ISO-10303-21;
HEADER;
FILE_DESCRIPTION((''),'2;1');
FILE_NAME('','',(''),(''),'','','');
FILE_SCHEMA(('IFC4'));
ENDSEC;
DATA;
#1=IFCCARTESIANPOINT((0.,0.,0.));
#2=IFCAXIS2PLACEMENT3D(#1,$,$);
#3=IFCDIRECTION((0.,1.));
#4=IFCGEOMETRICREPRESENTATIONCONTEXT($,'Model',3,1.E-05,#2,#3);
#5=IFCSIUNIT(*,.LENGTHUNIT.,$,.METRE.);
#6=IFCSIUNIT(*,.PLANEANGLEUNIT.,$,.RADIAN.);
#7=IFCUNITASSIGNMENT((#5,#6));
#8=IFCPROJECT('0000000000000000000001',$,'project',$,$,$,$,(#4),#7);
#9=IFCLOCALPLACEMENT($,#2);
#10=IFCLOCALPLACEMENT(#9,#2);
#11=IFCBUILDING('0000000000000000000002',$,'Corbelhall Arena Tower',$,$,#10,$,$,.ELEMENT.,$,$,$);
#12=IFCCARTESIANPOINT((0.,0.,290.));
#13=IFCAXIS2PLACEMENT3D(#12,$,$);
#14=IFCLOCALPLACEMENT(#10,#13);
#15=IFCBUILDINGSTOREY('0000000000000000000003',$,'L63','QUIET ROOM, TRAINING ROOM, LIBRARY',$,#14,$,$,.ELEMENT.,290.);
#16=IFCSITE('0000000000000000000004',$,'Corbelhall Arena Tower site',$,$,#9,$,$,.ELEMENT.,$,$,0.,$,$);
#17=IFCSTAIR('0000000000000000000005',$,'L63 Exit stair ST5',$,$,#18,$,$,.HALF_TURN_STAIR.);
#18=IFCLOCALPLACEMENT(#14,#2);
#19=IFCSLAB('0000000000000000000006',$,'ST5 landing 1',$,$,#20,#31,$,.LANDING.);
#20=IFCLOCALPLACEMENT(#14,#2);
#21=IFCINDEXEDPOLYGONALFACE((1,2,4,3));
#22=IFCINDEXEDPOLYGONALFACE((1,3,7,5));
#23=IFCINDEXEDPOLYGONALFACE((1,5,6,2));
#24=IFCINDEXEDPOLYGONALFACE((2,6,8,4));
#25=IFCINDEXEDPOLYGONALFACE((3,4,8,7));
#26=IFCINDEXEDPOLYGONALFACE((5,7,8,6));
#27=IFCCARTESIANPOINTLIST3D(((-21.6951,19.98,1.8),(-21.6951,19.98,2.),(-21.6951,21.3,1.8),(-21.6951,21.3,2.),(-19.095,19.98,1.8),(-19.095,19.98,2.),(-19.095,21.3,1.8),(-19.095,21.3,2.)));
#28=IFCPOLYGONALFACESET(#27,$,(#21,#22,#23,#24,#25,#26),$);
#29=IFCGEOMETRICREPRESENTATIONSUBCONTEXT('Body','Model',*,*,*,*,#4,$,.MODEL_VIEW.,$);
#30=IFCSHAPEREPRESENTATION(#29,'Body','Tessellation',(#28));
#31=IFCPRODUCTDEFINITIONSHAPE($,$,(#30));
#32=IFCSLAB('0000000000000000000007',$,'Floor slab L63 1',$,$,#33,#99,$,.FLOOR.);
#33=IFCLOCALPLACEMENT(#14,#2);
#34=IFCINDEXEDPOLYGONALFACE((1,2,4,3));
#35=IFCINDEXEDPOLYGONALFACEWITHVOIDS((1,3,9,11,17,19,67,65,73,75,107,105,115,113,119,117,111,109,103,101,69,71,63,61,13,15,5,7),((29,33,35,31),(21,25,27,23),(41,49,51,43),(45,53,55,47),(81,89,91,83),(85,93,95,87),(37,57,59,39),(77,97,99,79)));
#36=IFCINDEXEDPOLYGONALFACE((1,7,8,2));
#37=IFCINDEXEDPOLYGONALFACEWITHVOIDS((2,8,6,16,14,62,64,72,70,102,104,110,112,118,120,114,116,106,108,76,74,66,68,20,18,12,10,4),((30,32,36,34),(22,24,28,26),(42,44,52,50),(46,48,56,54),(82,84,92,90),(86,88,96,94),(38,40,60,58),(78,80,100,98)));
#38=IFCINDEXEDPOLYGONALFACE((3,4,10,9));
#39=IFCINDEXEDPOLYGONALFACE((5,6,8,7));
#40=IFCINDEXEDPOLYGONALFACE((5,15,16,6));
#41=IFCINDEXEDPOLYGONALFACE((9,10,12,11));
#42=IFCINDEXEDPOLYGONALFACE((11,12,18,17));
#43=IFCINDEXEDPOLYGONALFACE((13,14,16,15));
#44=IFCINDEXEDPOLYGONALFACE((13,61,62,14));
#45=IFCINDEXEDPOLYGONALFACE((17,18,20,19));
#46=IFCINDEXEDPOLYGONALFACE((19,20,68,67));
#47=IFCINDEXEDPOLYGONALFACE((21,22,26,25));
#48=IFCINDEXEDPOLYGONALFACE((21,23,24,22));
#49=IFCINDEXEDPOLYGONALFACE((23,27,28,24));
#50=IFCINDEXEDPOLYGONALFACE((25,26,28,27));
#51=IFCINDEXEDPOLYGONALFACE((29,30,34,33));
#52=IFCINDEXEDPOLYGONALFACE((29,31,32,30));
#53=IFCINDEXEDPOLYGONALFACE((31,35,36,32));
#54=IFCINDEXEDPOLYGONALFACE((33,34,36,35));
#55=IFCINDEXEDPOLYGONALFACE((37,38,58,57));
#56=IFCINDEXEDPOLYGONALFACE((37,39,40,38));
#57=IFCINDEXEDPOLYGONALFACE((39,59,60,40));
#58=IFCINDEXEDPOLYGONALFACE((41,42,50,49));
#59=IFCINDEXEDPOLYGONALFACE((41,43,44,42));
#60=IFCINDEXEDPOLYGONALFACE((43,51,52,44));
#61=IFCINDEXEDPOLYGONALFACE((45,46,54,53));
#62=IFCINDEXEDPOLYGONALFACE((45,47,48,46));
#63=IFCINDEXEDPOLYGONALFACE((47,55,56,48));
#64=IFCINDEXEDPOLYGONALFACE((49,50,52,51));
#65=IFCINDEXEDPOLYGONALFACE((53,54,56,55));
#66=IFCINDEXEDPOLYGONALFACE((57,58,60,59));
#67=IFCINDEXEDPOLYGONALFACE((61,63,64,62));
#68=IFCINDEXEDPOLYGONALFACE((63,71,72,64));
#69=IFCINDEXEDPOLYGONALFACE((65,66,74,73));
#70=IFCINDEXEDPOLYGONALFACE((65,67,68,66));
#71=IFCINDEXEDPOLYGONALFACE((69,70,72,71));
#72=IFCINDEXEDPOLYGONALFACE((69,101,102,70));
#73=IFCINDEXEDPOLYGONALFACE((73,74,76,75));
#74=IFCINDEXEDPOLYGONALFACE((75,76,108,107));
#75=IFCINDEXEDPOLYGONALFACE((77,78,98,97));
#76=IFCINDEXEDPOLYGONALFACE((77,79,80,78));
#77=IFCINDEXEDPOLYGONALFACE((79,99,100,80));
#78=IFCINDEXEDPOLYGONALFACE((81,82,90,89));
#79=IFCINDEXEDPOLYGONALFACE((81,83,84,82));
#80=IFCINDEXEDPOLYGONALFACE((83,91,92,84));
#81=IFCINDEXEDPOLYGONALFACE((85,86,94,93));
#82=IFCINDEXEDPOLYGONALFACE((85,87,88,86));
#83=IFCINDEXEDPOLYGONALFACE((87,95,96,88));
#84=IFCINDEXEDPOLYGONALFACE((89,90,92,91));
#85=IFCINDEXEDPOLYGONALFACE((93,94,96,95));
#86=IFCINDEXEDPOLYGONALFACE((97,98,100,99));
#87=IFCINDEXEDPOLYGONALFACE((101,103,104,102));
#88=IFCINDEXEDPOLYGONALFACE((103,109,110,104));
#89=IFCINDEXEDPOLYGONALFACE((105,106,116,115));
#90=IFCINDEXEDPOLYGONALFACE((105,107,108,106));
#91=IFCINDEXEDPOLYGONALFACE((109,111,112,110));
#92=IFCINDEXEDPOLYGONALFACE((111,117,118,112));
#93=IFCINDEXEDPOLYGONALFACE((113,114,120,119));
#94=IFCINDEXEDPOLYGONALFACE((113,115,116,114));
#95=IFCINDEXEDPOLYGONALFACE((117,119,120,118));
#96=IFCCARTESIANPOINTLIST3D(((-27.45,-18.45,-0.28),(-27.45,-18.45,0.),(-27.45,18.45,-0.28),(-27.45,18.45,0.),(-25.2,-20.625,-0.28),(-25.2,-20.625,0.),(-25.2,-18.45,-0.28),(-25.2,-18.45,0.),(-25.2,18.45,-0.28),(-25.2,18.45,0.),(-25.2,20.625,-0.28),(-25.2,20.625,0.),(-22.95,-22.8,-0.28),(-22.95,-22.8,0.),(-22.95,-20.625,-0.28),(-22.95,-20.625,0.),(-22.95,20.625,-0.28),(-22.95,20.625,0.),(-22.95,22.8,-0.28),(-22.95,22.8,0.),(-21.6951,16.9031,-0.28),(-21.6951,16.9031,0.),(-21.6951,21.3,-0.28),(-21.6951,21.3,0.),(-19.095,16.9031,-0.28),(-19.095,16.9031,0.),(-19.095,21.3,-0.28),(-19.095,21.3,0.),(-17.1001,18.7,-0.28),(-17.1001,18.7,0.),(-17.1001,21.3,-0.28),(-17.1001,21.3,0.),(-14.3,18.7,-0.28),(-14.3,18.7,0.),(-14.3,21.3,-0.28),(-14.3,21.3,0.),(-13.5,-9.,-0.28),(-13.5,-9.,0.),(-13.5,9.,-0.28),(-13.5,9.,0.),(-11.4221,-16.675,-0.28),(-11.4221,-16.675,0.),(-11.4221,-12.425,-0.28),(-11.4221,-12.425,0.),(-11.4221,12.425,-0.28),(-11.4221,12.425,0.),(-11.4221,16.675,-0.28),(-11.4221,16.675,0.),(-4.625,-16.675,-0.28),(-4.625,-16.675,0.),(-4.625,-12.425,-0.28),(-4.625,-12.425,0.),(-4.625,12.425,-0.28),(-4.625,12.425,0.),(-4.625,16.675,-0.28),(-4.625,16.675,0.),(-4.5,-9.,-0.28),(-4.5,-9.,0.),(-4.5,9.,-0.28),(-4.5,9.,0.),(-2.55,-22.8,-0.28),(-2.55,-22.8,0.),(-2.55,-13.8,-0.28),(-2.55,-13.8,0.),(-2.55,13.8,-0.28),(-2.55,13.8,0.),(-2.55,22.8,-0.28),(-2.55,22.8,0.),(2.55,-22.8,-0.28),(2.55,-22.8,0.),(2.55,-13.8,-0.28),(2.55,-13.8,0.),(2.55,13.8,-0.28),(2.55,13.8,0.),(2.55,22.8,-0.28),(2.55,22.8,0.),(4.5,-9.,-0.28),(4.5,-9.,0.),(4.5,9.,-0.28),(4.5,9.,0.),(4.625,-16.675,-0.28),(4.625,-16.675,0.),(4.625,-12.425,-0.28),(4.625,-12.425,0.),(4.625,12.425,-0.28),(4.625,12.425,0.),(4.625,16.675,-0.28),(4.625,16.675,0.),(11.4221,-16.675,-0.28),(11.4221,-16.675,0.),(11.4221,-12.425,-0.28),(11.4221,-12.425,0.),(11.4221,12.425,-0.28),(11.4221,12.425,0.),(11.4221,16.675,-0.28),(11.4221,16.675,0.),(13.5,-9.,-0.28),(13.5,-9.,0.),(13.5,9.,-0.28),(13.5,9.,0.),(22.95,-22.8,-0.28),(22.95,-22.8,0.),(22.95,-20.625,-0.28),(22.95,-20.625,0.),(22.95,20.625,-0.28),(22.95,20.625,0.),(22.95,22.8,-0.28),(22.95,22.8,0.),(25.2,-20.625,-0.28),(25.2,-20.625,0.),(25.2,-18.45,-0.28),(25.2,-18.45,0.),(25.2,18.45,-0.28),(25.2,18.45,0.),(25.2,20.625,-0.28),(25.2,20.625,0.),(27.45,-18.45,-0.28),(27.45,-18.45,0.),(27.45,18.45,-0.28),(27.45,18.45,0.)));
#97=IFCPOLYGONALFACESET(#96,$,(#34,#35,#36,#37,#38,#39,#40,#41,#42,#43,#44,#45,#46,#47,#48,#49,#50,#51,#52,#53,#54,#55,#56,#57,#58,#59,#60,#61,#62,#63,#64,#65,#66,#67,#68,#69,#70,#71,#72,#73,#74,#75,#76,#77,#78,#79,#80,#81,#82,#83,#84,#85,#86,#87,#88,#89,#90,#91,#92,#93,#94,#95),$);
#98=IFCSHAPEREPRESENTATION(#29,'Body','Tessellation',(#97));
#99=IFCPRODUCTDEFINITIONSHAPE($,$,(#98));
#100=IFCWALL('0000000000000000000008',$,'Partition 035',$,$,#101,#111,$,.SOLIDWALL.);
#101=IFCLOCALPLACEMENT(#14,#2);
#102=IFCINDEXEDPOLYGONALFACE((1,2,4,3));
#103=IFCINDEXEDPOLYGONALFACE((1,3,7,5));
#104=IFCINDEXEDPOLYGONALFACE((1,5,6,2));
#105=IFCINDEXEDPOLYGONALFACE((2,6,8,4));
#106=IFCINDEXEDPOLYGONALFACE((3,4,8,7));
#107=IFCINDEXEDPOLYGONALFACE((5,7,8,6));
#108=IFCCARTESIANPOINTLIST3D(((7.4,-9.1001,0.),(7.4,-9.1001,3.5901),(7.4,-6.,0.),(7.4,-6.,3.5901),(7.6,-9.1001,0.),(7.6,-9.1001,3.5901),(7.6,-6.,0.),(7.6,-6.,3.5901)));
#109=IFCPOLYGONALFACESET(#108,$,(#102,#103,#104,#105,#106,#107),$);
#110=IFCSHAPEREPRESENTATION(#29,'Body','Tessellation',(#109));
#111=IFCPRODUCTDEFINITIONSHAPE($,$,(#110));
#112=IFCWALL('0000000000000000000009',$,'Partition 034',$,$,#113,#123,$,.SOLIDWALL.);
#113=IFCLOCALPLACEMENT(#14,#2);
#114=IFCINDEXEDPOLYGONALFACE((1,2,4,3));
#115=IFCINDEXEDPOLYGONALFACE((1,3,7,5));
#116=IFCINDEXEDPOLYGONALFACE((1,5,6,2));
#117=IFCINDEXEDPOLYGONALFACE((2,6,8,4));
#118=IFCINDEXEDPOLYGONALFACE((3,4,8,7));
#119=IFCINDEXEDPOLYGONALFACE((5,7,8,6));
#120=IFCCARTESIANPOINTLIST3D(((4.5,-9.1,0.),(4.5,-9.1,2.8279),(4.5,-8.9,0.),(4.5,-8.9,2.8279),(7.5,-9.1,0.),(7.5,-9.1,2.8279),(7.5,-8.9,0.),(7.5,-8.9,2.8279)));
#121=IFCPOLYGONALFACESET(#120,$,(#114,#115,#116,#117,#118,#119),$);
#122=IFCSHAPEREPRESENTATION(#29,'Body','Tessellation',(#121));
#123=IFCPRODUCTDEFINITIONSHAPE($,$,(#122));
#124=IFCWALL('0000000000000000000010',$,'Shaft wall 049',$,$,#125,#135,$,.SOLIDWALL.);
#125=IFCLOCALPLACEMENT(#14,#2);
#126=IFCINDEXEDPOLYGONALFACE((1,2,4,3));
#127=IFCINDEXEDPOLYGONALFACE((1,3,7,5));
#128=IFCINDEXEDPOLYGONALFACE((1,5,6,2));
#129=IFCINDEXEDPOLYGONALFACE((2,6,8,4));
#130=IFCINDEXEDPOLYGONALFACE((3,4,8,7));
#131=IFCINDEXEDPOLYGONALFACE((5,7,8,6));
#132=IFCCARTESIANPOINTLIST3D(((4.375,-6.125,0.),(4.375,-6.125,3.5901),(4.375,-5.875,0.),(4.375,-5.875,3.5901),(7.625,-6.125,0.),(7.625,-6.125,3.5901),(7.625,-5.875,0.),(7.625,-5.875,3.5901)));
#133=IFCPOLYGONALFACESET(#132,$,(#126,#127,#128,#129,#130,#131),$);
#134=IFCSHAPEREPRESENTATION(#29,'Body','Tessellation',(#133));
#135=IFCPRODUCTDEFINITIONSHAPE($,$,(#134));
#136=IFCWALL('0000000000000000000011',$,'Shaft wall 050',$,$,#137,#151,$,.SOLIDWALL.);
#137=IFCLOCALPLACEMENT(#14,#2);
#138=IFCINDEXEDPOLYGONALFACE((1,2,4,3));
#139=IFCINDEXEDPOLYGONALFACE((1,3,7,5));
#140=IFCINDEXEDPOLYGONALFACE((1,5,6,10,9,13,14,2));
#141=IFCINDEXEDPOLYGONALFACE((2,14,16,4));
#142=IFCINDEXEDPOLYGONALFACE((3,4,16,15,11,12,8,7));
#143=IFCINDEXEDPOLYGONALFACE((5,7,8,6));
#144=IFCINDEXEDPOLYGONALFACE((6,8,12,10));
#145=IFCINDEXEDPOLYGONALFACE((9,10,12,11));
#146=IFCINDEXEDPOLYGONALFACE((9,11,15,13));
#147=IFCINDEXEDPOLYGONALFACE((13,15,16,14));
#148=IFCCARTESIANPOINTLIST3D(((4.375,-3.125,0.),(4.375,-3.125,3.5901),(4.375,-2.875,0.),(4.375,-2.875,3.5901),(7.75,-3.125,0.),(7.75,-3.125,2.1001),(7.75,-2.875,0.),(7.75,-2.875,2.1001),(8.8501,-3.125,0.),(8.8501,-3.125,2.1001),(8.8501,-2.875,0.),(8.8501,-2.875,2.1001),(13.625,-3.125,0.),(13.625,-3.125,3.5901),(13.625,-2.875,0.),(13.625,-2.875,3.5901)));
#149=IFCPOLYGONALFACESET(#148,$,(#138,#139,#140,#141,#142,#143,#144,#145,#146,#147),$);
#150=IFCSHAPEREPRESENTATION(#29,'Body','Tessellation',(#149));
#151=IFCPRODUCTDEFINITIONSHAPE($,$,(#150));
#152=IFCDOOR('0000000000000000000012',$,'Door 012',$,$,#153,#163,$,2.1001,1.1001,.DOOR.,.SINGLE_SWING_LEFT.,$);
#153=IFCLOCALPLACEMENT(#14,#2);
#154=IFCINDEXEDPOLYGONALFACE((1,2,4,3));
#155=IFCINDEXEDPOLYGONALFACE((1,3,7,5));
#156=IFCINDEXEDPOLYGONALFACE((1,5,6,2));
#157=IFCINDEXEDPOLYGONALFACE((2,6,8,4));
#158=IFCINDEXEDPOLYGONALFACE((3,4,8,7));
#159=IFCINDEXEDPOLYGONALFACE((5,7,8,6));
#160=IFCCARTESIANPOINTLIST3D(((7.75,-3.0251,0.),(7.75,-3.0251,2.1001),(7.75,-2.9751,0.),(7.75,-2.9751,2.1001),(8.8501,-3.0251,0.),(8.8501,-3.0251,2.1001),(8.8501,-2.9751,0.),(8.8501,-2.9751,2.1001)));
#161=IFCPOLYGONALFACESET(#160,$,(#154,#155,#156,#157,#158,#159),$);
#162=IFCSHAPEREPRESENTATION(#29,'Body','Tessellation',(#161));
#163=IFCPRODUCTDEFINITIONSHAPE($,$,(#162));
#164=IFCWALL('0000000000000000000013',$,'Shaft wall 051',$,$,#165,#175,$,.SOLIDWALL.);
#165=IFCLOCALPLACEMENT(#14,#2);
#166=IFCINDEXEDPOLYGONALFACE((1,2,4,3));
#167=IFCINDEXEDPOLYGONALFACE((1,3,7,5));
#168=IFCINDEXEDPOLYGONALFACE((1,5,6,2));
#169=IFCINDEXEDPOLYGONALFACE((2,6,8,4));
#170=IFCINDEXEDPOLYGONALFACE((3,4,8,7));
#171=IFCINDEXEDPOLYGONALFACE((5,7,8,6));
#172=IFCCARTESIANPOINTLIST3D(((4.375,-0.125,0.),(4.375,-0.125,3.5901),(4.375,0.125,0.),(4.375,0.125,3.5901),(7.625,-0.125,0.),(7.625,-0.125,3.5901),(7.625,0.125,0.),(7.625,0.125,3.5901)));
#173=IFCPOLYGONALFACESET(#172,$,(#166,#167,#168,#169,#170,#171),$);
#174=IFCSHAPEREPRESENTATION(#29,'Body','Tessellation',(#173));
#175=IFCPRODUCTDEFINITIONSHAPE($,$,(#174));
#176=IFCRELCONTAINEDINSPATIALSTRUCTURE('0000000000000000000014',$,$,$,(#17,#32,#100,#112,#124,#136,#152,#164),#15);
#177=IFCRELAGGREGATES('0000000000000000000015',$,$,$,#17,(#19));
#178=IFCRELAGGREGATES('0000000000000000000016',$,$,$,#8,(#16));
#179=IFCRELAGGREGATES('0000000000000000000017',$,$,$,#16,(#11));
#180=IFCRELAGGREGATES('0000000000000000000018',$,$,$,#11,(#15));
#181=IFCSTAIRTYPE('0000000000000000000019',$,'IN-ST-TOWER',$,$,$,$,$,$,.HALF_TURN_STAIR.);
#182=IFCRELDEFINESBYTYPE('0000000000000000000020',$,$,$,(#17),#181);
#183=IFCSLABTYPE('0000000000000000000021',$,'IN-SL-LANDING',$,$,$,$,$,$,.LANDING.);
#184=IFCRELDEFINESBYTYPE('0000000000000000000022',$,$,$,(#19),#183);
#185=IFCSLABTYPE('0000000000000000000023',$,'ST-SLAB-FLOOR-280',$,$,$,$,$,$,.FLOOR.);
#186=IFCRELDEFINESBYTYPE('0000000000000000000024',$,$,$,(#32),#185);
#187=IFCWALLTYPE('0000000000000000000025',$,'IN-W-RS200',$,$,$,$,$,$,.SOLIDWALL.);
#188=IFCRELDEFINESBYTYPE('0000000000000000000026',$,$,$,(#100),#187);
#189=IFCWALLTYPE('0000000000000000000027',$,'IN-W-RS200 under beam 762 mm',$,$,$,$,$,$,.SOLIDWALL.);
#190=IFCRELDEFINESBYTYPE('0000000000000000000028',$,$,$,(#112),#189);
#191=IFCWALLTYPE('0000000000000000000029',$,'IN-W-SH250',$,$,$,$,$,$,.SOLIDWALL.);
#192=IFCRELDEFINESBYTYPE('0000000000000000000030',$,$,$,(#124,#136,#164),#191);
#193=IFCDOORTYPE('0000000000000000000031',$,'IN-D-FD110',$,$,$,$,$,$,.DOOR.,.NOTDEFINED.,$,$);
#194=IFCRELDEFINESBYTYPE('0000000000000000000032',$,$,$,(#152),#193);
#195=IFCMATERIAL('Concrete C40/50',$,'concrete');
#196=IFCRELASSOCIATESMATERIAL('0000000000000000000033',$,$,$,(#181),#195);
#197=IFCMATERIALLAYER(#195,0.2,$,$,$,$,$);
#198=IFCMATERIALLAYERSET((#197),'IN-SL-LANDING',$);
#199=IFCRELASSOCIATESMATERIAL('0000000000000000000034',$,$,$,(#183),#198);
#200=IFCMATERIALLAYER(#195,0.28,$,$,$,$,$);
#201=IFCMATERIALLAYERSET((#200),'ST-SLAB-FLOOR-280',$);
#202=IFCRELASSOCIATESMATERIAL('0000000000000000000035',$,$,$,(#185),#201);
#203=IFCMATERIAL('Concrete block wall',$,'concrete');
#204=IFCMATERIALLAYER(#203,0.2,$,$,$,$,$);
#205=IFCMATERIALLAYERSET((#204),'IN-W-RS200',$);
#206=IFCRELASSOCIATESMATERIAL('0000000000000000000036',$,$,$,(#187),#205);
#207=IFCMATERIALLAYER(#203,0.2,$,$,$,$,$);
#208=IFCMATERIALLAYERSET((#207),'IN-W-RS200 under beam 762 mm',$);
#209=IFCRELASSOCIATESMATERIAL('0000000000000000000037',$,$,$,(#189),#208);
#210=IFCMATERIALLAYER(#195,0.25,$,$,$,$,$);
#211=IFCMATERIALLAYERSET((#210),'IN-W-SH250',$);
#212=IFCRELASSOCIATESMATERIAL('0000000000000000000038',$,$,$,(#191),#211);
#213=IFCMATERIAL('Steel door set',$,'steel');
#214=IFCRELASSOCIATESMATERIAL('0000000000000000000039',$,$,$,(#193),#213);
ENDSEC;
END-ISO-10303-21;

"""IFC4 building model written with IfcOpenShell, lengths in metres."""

from ifc_helpers import new_model, si_unit, direction, frame, frame_2d, origin, place, context, subcontext, project, spatial, polyline, rectangle, outline, extrude, material, layer, layer_set, type_object, element, fill, aggregate, save


model = new_model("IFC4")

# Units and contexts
model_context = context("Model", 3, precision=1e-05, world=origin(), true_north=direction((0.0, 1.0)))
body_context = subcontext(model_context, "Body", "Model", "MODEL_VIEW")
ifc_project = project(units=[si_unit("LENGTHUNIT", "METRE"), si_unit("PLANEANGLEUNIT", "RADIAN")], contexts=[model_context])

# Site, building, storey
site_placement = place(None, origin())
site = spatial("IfcSite", under=ifc_project, at=site_placement, Name="Corbelhall Arena Tower site", CompositionType="ELEMENT", RefElevation=0.0)
building_placement = place(site_placement, origin())
building = spatial("IfcBuilding", under=site, at=building_placement, Name="Corbelhall Arena Tower", CompositionType="ELEMENT")
storey_placement = place(building_placement, frame((0.0, 0.0, 290.0)))
storey = spatial("IfcBuildingStorey", under=building, at=storey_placement, Name="L63", Description="QUIET ROOM, TRAINING ROOM, LIBRARY", CompositionType="ELEMENT", Elevation=290.0)

# Shared definitions
ifc_material_1 = material(Name="Concrete C40/50", Category="concrete")

# Stair, slab
stair_type = type_object("IfcStairType", Name="IN-ST-TOWER", PredefinedType="HALF_TURN_STAIR", material=ifc_material_1)
ifc_layer_1 = layer(ifc_material_1, 0.2)
ifc_layer_set_1 = layer_set([ifc_layer_1], Name="IN-SL-LANDING")
slab_type_1 = type_object("IfcSlabType", Name="IN-SL-LANDING", PredefinedType="LANDING", material=ifc_layer_set_1)
stair_1_placement = place(storey_placement, origin())
stair_1 = element("IfcStair", 1, at=stair_1_placement, inside=storey, type_object=stair_type, Name="L63 Exit stair ST5", PredefinedType="HALF_TURN_STAIR")
slab_1_placement = place(storey_placement, frame((0.0, 0.0, 1.8)))
slab_1 = element("IfcSlab", 2, at=slab_1_placement, type_object=slab_type_1, Name="ST5 landing 1", PredefinedType="LANDING", context=body_context, shape_type="SweptSolid", body=[
    extrude(outline(polyline([(-19.095, 19.98), (-19.095, 21.3), (-21.6951, 21.3), (-21.6951, 19.98), (-19.095, 19.98)])), origin(), (0.0, 0.0, 1.0), 0.2),
])
aggregate(stair_1, [slab_1])

# Slab
ifc_layer_2 = layer(ifc_material_1, 0.28)
ifc_layer_set_2 = layer_set([ifc_layer_2], Name="ST-SLAB-FLOOR-280")
slab_type_2 = type_object("IfcSlabType", Name="ST-SLAB-FLOOR-280", PredefinedType="FLOOR", material=ifc_layer_set_2)
slab_2_placement = place(storey_placement, frame((0.0, 0.0, -0.28)))
element("IfcSlab", 3, at=slab_2_placement, inside=storey, type_object=slab_type_2, Name="Floor slab L63 1", PredefinedType="FLOOR", context=body_context, shape_type="SweptSolid", body=[
    extrude(outline(polyline([(22.95, 22.8), (2.55, 22.8), (2.55, 13.8), (-2.55, 13.8), (-2.55, 22.8), (-22.95, 22.8), (-22.95, 20.625), (-25.2, 20.625), (-25.2, 18.45), (-27.45, 18.45), (-27.45, -18.45), (-25.2, -18.45), (-25.2, -20.625), (-22.95, -20.625), (-22.95, -22.8), (-2.55, -22.8), (-2.55, -13.8), (2.55, -13.8), (2.55, -22.8), (22.95, -22.8), (22.95, -20.625), (25.2, -20.625), (25.2, -18.45), (27.45, -18.45), (27.45, 18.45), (25.2, 18.45), (25.2, 20.625), (22.95, 20.625), (22.95, 22.8)]), holes=[polyline([(-13.5, 9.0), (-13.5, -9.0), (-4.5, -9.0), (-4.5, 9.0), (-13.5, 9.0)]), polyline([(4.5, 9.0), (4.5, -9.0), (13.5, -9.0), (13.5, 9.0), (4.5, 9.0)]), polyline([(-4.625, 16.675), (-11.4221, 16.675), (-11.4221, 12.425), (-4.625, 12.425), (-4.625, 16.675)]), polyline([(-4.625, -16.675), (-4.625, -12.425), (-11.4221, -12.425), (-11.4221, -16.675), (-4.625, -16.675)]), polyline([(11.4221, 16.675), (4.625, 16.675), (4.625, 12.425), (11.4221, 12.425), (11.4221, 16.675)]), polyline([(11.4221, -16.675), (11.4221, -12.425), (4.625, -12.425), (4.625, -16.675), (11.4221, -16.675)]), polyline([(-21.6951, 21.3), (-21.6951, 16.9031), (-19.095, 16.9031), (-19.095, 21.3), (-21.6951, 21.3)]), polyline([(-14.3, 21.3), (-17.1001, 21.3), (-17.1001, 18.7), (-14.3, 18.7), (-14.3, 21.3)])]), origin(), (0.0, 0.0, 1.0), 0.28),
])

# Walls
ifc_material_2 = material(Name="Concrete block wall", Category="concrete")
ifc_layer_3 = layer(ifc_material_2, 0.2)
ifc_layer_set_3 = layer_set([ifc_layer_3], Name="IN-W-RS200")
wall_type_1 = type_object("IfcWallType", Name="IN-W-RS200", PredefinedType="SOLIDWALL", material=ifc_layer_set_3)
wall_1_placement = place(storey_placement, frame((7.5, -6.0, 0.0), z_axis=(0.0, 0.0, 1.0), x_axis=(0.0, -1.0, 0.0)))
element("IfcWall", 4, at=wall_1_placement, inside=storey, type_object=wall_type_1, Name="Partition 035", PredefinedType="SOLIDWALL", context=body_context, shape_type="SweptSolid", body=[
    extrude(rectangle(XDim=3.1001, YDim=0.2, at=frame_2d((1.55, 0.0))), origin(), (0.0, 0.0, 1.0), 3.5901),
])
ifc_layer_4 = layer(ifc_material_2, 0.2)
ifc_layer_set_4 = layer_set([ifc_layer_4], Name="IN-W-RS200 under beam 762 mm")
wall_type_2 = type_object("IfcWallType", Name="IN-W-RS200 under beam 762 mm", PredefinedType="SOLIDWALL", material=ifc_layer_set_4)
wall_2_placement = place(storey_placement, frame((7.5, -9.0, 0.0), z_axis=(0.0, 0.0, 1.0), x_axis=(-1.0, 0.0, 0.0)))
element("IfcWall", 5, at=wall_2_placement, inside=storey, type_object=wall_type_2, Name="Partition 034", PredefinedType="SOLIDWALL", context=body_context, shape_type="SweptSolid", body=[
    extrude(rectangle(XDim=3.0, YDim=0.2, at=frame_2d((1.5, 0.0))), origin(), (0.0, 0.0, 1.0), 2.8279),
])
ifc_layer_5 = layer(ifc_material_1, 0.25)
ifc_layer_set_5 = layer_set([ifc_layer_5], Name="IN-W-SH250")
wall_type_3 = type_object("IfcWallType", Name="IN-W-SH250", PredefinedType="SOLIDWALL", material=ifc_layer_set_5)
wall_3_placement = place(storey_placement, frame((4.375, -6.0, 0.0), z_axis=(0.0, 0.0, 1.0), x_axis=(1.0, 0.0, 0.0)))
element("IfcWall", 6, at=wall_3_placement, inside=storey, type_object=wall_type_3, Name="Shaft wall 049", PredefinedType="SOLIDWALL", context=body_context, shape_type="SweptSolid", body=[
    extrude(rectangle(XDim=3.25, YDim=0.25, at=frame_2d((1.625, 0.0))), origin(), (0.0, 0.0, 1.0), 3.5901),
])

# Wall, opening, door
wall_4_placement = place(storey_placement, frame((4.375, -3.0, 0.0), z_axis=(0.0, 0.0, 1.0), x_axis=(1.0, 0.0, 0.0)))
wall_4 = element("IfcWall", 7, at=wall_4_placement, inside=storey, type_object=wall_type_3, Name="Shaft wall 050", PredefinedType="SOLIDWALL", context=body_context, shape_type="SweptSolid", body=[
    extrude(rectangle(XDim=9.25, YDim=0.25, at=frame_2d((4.625, 0.0))), origin(), (0.0, 0.0, 1.0), 3.5901),
])
opening_1_placement = place(wall_4_placement, frame((3.375, 0.0, 0.0)))
opening_1 = element("IfcOpeningElement", 8, at=opening_1_placement, cuts=wall_4, PredefinedType="OPENING", context=body_context, shape_type="SweptSolid", body=[
    extrude(rectangle(XDim=1.1001, YDim=2.1001, at=frame_2d((0.55, 1.05))), frame((0.0, 0.125, 0.0), z_axis=(0.0, -1.0, 0.0), x_axis=(1.0, 0.0, 0.0)), (0.0, 0.0, 1.0), 0.25),
])
ifc_material_3 = material(Name="Steel door set", Category="steel")
door_type_1 = type_object("IfcDoorType", Name="IN-D-FD110", OperationType="NOTDEFINED", PredefinedType="DOOR", material=ifc_material_3)
door_1_placement = place(opening_1_placement, origin())
door_1 = element("IfcDoor", 9, at=door_1_placement, inside=storey, type_object=door_type_1, Name="Door 012", OperationType="SINGLE_SWING_LEFT", OverallHeight=2.1001, OverallWidth=1.1001, PredefinedType="DOOR", context=body_context, shape_type="SweptSolid", body=[
    extrude(rectangle(XDim=1.1001, YDim=2.1001, at=frame_2d((0.55, 1.05))), frame((0.0, 0.0249, 0.0), z_axis=(0.0, -1.0, 0.0), x_axis=(1.0, 0.0, 0.0)), (0.0, 0.0, 1.0), 0.05),
])
fill(opening_1, door_1)

# Wall
wall_5_placement = place(storey_placement, frame((4.375, 0.0, 0.0), z_axis=(0.0, 0.0, 1.0), x_axis=(1.0, 0.0, 0.0)))
element("IfcWall", 10, at=wall_5_placement, inside=storey, type_object=wall_type_3, Name="Shaft wall 051", PredefinedType="SOLIDWALL", context=body_context, shape_type="SweptSolid", body=[
    extrude(rectangle(XDim=3.25, YDim=0.25, at=frame_2d((1.625, 0.0))), origin(), (0.0, 0.0, 1.0), 3.5901),
])

save(model, "model.ifc")
